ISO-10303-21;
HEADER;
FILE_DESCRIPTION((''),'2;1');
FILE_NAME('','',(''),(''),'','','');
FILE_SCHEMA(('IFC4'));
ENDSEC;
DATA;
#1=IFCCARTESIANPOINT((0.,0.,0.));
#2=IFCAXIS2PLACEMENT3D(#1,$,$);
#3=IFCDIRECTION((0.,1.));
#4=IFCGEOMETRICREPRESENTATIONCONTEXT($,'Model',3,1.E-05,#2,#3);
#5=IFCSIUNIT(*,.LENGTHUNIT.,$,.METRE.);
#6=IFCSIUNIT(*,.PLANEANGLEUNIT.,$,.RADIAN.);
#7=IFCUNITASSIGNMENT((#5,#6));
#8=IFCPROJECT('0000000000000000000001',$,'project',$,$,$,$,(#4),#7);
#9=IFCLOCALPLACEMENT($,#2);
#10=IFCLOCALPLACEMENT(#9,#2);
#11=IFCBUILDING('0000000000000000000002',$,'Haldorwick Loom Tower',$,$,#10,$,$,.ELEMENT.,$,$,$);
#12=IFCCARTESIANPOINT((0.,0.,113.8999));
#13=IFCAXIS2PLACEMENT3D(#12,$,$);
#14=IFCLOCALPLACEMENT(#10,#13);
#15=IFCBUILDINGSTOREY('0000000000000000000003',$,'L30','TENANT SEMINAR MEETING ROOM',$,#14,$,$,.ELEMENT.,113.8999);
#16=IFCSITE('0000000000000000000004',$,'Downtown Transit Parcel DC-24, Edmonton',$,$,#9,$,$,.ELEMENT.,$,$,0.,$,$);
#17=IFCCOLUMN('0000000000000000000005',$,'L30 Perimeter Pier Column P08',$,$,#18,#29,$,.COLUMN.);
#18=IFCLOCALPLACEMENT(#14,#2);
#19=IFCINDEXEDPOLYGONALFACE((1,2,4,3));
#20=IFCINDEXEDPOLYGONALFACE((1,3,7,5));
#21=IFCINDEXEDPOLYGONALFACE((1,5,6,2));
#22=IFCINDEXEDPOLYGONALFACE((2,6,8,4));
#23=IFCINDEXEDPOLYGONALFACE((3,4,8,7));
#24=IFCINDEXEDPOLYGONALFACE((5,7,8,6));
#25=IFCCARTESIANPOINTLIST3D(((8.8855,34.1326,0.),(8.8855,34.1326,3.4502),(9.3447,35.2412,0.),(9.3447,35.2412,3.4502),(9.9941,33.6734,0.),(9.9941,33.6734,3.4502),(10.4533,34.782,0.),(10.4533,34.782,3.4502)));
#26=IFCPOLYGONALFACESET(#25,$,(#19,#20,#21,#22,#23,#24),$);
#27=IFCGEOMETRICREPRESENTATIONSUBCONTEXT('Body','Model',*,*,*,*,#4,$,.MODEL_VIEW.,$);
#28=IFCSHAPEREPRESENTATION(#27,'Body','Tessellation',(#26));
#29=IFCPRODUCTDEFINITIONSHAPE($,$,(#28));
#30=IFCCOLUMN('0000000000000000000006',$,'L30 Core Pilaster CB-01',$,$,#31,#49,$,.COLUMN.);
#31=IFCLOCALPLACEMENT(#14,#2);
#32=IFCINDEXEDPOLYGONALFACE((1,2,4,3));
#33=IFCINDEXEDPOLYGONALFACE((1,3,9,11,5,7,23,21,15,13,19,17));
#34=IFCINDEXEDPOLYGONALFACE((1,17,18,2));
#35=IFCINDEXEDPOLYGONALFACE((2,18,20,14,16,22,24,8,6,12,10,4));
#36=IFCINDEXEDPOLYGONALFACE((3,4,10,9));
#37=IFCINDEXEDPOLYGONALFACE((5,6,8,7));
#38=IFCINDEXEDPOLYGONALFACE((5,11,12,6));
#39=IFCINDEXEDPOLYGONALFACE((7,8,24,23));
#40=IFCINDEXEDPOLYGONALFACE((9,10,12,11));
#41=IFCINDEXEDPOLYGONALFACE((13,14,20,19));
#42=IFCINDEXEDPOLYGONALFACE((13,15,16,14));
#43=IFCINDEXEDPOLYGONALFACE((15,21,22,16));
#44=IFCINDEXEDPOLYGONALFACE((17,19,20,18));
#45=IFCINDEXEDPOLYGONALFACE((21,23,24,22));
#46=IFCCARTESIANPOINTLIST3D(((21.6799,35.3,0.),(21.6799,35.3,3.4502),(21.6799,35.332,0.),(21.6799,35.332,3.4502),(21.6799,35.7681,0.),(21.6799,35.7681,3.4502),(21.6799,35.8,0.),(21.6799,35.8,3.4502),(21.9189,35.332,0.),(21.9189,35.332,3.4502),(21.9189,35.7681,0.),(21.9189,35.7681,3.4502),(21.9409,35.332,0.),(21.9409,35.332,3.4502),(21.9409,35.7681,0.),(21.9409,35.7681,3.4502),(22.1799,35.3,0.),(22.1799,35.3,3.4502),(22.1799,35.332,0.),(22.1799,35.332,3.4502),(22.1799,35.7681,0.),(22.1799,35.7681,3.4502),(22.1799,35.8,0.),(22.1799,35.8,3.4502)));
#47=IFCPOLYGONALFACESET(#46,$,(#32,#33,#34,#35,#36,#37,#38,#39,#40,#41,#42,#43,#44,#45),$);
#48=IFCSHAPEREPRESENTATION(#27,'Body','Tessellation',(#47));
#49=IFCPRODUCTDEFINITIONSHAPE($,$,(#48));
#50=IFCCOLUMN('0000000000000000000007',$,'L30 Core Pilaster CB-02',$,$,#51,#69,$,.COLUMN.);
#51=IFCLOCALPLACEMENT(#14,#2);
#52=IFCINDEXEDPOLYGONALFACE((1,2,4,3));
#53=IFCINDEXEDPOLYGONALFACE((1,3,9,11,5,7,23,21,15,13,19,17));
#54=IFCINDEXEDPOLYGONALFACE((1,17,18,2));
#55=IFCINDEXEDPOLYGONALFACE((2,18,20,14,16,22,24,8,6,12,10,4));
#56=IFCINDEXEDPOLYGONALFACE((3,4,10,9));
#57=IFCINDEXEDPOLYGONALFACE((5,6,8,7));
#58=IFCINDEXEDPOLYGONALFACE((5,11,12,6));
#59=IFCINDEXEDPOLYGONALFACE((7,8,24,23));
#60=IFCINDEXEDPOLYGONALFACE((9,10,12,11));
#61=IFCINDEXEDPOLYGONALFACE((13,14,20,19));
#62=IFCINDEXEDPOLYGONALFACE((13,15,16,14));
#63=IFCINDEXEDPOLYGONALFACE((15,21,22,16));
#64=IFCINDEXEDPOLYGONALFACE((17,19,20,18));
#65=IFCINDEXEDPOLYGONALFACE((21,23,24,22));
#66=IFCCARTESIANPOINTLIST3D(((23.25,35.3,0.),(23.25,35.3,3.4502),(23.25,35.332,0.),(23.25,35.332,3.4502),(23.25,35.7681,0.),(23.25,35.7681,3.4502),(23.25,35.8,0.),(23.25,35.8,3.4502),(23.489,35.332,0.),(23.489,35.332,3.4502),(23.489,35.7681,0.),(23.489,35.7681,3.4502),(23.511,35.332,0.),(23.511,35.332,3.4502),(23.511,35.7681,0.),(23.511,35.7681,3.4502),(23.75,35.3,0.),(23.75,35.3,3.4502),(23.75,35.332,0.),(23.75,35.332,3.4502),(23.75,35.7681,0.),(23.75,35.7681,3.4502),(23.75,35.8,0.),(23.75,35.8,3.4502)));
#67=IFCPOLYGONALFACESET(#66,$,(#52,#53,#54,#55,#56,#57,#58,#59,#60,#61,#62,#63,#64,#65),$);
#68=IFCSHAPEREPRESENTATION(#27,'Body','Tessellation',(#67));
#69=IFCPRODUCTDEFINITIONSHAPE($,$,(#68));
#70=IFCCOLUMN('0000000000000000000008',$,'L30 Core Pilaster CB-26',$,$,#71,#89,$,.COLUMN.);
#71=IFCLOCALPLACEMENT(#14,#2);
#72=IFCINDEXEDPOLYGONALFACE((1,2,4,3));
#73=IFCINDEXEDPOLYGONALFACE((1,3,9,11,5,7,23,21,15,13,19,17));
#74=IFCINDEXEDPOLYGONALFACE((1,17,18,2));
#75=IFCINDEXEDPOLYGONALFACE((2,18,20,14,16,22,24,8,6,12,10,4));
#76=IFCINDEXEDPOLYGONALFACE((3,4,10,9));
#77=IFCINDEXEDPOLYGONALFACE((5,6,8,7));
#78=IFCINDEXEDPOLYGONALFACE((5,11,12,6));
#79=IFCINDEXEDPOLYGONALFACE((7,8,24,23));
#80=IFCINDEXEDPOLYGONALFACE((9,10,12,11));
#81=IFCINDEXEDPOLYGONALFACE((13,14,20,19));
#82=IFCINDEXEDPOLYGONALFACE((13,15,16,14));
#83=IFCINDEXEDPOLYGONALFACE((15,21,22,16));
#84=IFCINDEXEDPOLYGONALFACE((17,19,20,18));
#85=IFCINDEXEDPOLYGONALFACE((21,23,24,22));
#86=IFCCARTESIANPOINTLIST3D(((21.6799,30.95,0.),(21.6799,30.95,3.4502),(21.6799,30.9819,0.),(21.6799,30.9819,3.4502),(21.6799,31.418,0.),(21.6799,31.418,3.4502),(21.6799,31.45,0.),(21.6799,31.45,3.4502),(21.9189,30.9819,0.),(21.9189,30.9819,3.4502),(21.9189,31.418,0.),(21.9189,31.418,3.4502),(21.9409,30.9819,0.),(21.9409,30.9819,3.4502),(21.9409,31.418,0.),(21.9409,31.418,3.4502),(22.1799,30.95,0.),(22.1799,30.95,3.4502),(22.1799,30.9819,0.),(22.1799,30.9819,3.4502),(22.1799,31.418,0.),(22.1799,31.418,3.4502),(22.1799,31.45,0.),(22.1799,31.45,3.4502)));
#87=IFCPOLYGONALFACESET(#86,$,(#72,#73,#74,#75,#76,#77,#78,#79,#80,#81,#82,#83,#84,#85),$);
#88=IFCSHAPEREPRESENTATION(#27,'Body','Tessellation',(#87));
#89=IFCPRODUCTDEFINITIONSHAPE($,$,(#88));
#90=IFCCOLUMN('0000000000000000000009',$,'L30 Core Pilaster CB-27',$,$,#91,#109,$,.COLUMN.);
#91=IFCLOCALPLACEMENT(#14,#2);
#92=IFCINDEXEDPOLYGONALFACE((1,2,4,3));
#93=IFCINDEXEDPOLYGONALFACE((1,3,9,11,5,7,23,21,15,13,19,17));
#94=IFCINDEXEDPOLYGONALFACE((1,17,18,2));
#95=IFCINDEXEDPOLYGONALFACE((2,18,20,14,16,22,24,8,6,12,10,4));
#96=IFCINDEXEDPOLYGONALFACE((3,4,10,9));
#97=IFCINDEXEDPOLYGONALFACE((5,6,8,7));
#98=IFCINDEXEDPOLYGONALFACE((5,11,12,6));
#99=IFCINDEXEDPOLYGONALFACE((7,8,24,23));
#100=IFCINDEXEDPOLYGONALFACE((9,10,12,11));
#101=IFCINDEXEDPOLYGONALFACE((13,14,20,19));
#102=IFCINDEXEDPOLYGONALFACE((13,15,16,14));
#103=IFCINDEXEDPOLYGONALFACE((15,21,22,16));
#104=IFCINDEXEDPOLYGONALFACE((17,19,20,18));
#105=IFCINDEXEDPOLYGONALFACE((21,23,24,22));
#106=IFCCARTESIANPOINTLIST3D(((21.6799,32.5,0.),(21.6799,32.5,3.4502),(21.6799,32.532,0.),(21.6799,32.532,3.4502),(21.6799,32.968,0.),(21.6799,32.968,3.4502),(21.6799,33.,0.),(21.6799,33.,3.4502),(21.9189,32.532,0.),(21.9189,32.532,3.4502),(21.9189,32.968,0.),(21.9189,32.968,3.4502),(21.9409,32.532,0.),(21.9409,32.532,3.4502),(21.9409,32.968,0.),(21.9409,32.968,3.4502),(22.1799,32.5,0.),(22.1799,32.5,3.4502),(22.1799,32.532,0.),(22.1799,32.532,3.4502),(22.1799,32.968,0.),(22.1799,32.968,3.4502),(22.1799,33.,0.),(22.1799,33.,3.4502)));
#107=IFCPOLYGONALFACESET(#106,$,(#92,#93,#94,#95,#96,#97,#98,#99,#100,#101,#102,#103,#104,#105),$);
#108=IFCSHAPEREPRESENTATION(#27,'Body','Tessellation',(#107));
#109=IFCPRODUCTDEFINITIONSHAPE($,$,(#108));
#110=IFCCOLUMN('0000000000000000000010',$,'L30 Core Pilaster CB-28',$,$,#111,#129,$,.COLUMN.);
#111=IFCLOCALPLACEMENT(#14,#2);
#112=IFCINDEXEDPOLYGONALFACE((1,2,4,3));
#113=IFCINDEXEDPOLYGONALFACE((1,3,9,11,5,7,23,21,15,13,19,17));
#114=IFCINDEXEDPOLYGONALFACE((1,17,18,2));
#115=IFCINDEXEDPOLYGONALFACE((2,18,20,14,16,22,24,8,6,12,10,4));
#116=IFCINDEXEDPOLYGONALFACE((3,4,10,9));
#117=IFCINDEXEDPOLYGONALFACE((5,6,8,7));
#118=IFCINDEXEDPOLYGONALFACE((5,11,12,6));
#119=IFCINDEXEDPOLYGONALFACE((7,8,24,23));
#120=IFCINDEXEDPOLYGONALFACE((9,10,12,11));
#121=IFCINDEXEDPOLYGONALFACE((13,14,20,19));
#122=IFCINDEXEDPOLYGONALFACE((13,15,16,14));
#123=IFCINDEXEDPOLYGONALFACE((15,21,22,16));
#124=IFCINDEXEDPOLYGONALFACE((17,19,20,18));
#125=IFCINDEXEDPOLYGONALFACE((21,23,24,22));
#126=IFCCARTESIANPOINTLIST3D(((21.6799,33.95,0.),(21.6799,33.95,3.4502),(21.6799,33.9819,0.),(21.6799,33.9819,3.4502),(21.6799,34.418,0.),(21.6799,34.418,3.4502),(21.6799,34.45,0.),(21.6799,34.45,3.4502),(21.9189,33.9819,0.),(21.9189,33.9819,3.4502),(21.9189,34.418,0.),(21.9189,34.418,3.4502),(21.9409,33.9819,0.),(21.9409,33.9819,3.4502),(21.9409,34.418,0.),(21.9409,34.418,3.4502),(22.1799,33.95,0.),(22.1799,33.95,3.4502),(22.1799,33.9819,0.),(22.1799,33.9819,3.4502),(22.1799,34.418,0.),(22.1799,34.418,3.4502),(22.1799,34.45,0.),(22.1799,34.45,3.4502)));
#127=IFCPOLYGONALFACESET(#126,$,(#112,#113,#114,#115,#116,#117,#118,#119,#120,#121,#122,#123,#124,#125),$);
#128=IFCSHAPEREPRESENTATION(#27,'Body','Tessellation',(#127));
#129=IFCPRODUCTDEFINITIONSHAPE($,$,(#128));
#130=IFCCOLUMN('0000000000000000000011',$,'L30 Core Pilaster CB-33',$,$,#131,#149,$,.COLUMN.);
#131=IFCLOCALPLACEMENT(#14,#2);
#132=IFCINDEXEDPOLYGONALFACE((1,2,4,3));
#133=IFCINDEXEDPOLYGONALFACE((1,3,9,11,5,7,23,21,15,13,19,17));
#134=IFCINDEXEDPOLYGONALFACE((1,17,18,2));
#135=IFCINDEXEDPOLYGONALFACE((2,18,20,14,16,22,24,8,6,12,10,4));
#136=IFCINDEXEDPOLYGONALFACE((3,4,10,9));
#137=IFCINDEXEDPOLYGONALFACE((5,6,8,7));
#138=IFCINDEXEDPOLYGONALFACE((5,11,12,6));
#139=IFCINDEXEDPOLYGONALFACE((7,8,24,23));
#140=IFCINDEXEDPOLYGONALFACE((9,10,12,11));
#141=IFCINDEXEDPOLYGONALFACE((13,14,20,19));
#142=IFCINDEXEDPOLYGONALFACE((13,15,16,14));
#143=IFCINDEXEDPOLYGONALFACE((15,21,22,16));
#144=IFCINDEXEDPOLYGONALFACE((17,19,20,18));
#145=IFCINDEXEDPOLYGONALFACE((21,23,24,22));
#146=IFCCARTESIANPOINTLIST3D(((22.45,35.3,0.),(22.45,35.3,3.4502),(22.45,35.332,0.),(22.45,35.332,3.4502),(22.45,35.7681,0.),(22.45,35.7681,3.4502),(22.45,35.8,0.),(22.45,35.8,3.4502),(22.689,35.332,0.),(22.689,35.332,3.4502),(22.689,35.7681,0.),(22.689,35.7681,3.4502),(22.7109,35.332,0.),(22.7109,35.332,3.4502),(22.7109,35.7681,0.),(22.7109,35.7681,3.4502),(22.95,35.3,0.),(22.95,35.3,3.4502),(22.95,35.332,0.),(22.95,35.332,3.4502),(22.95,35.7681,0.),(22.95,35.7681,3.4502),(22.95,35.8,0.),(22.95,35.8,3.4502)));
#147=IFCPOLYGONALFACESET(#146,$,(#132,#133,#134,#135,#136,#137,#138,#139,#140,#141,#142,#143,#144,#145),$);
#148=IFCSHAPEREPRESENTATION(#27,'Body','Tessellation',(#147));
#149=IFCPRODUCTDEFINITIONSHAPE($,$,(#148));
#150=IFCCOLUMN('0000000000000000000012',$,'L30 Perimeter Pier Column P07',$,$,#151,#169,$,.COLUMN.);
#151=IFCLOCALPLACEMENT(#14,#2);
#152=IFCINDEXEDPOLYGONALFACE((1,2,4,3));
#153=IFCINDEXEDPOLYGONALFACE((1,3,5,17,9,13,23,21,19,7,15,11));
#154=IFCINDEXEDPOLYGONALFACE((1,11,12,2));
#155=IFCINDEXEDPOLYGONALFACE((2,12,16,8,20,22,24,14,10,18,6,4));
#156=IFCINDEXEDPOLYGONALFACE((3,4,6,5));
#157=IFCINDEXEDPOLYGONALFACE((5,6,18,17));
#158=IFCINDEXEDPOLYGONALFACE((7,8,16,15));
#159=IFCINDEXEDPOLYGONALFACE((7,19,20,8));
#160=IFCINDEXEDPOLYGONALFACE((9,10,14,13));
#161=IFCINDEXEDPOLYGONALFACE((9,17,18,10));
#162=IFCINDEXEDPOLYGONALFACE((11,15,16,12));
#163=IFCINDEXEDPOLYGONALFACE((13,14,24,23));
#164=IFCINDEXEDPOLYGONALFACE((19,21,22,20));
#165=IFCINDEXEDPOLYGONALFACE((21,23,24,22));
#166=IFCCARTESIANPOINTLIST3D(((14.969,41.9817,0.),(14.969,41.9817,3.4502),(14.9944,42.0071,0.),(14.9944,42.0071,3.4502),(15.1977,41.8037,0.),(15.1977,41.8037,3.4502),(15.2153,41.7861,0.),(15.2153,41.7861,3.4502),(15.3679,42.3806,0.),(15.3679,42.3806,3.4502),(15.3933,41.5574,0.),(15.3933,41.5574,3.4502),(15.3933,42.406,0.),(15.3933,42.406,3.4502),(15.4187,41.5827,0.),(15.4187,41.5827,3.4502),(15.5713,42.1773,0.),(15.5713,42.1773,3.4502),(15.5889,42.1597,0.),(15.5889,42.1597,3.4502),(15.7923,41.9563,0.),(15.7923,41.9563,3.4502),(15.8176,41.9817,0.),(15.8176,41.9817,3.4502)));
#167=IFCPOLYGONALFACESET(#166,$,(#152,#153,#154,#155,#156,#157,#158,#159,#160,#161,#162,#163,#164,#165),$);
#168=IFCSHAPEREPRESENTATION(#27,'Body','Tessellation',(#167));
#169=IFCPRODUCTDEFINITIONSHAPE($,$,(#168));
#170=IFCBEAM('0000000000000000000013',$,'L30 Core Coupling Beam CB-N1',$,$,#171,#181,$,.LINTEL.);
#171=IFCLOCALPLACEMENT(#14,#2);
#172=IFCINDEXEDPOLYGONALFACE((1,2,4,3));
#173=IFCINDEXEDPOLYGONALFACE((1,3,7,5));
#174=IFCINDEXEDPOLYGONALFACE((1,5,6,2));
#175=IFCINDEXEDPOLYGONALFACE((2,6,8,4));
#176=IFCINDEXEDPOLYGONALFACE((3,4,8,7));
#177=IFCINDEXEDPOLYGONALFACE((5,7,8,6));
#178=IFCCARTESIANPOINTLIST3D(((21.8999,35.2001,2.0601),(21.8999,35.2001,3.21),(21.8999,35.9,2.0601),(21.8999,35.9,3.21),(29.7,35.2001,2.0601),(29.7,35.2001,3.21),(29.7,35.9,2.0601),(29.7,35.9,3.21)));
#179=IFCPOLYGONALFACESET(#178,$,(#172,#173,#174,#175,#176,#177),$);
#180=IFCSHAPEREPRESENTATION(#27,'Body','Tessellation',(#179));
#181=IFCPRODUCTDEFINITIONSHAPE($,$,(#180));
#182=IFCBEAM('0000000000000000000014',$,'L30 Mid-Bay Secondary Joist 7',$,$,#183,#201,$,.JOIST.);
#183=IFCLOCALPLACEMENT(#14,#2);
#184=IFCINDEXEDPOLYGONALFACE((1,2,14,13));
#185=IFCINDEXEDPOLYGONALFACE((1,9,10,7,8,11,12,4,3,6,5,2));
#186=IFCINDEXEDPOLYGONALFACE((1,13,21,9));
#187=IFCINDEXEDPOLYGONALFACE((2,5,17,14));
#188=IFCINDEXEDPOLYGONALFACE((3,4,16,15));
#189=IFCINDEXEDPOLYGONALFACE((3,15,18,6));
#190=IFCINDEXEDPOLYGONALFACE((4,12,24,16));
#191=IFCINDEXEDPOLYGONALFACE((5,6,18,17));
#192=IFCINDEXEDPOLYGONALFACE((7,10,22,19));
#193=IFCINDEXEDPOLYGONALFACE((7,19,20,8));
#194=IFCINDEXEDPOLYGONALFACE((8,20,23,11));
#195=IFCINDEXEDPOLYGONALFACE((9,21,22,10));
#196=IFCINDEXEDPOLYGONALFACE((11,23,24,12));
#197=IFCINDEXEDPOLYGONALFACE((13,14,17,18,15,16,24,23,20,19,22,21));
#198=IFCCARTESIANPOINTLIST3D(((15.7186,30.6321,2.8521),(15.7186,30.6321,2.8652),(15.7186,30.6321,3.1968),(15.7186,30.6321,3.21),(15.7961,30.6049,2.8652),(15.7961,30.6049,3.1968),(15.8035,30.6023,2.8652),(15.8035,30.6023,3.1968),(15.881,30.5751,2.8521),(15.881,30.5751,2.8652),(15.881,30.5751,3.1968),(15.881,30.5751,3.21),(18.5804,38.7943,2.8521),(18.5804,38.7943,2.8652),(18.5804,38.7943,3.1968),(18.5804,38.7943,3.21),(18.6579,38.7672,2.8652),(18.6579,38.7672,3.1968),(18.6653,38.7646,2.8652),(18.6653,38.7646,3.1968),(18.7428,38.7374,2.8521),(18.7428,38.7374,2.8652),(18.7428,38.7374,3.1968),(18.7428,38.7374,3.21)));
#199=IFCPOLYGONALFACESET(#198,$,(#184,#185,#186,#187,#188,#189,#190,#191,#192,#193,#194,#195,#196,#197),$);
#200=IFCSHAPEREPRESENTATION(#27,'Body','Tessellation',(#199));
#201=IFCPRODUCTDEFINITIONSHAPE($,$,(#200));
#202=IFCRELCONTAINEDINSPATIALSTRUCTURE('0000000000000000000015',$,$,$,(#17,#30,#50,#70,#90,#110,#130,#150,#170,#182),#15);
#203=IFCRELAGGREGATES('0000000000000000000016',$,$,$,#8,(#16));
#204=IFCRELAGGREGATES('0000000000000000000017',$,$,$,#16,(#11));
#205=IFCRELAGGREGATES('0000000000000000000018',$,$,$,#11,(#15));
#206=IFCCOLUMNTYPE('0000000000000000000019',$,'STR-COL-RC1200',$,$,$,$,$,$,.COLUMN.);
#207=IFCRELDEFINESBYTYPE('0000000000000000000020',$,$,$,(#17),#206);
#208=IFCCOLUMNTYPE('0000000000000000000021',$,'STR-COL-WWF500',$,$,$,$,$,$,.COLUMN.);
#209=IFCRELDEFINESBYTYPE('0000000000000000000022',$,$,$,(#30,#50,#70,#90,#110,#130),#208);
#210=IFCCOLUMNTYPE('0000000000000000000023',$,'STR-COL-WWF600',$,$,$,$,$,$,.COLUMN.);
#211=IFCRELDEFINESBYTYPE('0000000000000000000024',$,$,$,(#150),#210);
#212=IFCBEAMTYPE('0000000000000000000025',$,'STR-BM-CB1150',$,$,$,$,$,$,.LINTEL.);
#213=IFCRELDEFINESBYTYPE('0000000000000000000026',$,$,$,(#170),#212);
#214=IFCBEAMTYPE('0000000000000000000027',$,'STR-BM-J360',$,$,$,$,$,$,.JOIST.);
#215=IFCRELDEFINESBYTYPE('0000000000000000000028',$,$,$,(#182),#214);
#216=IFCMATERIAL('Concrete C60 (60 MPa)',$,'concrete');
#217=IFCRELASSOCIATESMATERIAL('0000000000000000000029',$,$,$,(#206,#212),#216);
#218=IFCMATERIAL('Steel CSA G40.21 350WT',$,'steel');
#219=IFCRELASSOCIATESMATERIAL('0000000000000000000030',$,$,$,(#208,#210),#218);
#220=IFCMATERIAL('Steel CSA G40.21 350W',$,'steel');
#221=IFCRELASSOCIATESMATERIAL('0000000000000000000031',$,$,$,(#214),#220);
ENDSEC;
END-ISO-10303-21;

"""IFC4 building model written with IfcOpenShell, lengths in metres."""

from ifc_helpers import new_model, si_unit, direction, frame, origin, origin_2d, place, context, subcontext, project, spatial, rectangle, i_section, extrude, material, material_profile, profile_set, type_object, element, save


model = new_model("IFC4")

# Units and contexts
model_context = context("Model", 3, precision=1e-05, world=origin(), true_north=direction((0.0, 1.0)))
body_context = subcontext(model_context, "Body", "Model", "MODEL_VIEW")
ifc_project = project(units=[si_unit("LENGTHUNIT", "METRE"), si_unit("PLANEANGLEUNIT", "RADIAN")], contexts=[model_context])

# Site, building, storey
site_placement = place(None, origin())
site = spatial("IfcSite", under=ifc_project, at=site_placement, Name="Downtown Transit Parcel DC-24, Edmonton", CompositionType="ELEMENT", RefElevation=0.0)
building_placement = place(site_placement, origin())
building = spatial("IfcBuilding", under=site, at=building_placement, Name="Haldorwick Loom Tower", CompositionType="ELEMENT")
storey_placement = place(building_placement, frame((0.0, 0.0, 113.8999)))
storey = spatial("IfcBuildingStorey", under=building, at=storey_placement, Name="L30", Description="TENANT SEMINAR MEETING ROOM", CompositionType="ELEMENT", Elevation=113.8999)

# Columns
ifc_material_1 = material(Name="Concrete C60 (60 MPa)", Category="concrete")
ifc_material_profile_1 = material_profile(ifc_material_1, rectangle(XDim=1.2, YDim=1.2, at=origin_2d()), Name="RC1200X1200", Category="concrete")
ifc_profile_set_1 = profile_set([ifc_material_profile_1], Name="Concrete C60 (60 MPa)")
column_type_1 = type_object("IfcColumnType", Name="STR-COL-RC1200", PredefinedType="COLUMN", material=ifc_profile_set_1)
column_1_placement = place(storey_placement, frame((9.6694, 34.4573, 0.0), z_axis=(0.0, 0.0, 1.0), x_axis=(-0.92388, 0.382683, 0.0)))
element("IfcColumn", 1, at=column_1_placement, inside=storey, type_object=column_type_1, Name="L30 Perimeter Pier Column P08", PredefinedType="COLUMN", context=body_context, shape_type="SweptSolid", body=[
    extrude(rectangle(XDim=1.2, YDim=1.2, at=origin_2d()), origin(), (0.0, 0.0, 1.0), 3.4502),
])
ifc_material_2 = material(Name="Steel CSA G40.21 350WT", Category="steel")
ifc_material_profile_2 = material_profile(ifc_material_2, i_section(OverallWidth=0.5, OverallDepth=0.5, WebThickness=0.022, FlangeThickness=0.032, at=origin_2d()), Name="WWF500X500", Category="steel")
ifc_profile_set_2 = profile_set([ifc_material_profile_2], Name="Steel CSA G40.21 350WT")
column_type_2 = type_object("IfcColumnType", Name="STR-COL-WWF500", PredefinedType="COLUMN", material=ifc_profile_set_2)
for number, where, z_axis, x_axis, name in (
    (2, (21.9299, 35.55, 0.0), (0.0, 0.0, 1.0), (1.0, 0.0, 0.0), "L30 Core Pilaster CB-01"),
    (3, (23.5, 35.55, 0.0), (0.0, 0.0, 1.0), (1.0, 0.0, 0.0), "L30 Core Pilaster CB-02"),
    (4, (21.9299, 31.2, 0.0), (0.0, 0.0, 1.0), (1.0, 0.0, 0.0), "L30 Core Pilaster CB-26"),
    (5, (21.9299, 32.75, 0.0), (0.0, 0.0, 1.0), (1.0, 0.0, 0.0), "L30 Core Pilaster CB-27"),
    (6, (21.9299, 34.2, 0.0), (0.0, 0.0, 1.0), (1.0, 0.0, 0.0), "L30 Core Pilaster CB-28"),
    (7, (22.7, 35.55, 0.0), (0.0, 0.0, 1.0), (1.0, 0.0, 0.0), "L30 Core Pilaster CB-33"),
):
    element("IfcColumn", number, at=place(storey_placement, frame(where, z_axis=z_axis, x_axis=x_axis)), inside=storey, type_object=column_type_2, Name=name, PredefinedType="COLUMN", context=body_context, shape_type="SweptSolid", body=[
        extrude(i_section(OverallWidth=0.5, OverallDepth=0.5, WebThickness=0.022, FlangeThickness=0.032, at=origin_2d()), origin(), (0.0, 0.0, 1.0), 3.4502),
    ])
ifc_material_profile_3 = material_profile(ifc_material_2, i_section(OverallWidth=0.6001, OverallDepth=0.6001, WebThickness=0.0249, FlangeThickness=0.0359, at=origin_2d()), Name="WWF600X600", Category="steel")
ifc_profile_set_3 = profile_set([ifc_material_profile_3], Name="Steel CSA G40.21 350WT")
column_type_3 = type_object("IfcColumnType", Name="STR-COL-WWF600", PredefinedType="COLUMN", material=ifc_profile_set_3)
column_2_placement = place(storey_placement, frame((15.3933, 41.9817, 0.0), z_axis=(0.0, 0.0, 1.0), x_axis=(-0.707107, 0.707107, 0.0)))
element("IfcColumn", 8, at=column_2_placement, inside=storey, type_object=column_type_3, Name="L30 Perimeter Pier Column P07", PredefinedType="COLUMN", context=body_context, shape_type="SweptSolid", body=[
    extrude(i_section(OverallWidth=0.6001, OverallDepth=0.6001, WebThickness=0.0249, FlangeThickness=0.0359, at=origin_2d()), origin(), (0.0, 0.0, 1.0), 3.4502),
])

# Beams
ifc_material_profile_4 = material_profile(ifc_material_1, rectangle(XDim=0.7, YDim=1.1499, at=origin_2d()), Name="RC700X1150", Category="concrete")
ifc_profile_set_4 = profile_set([ifc_material_profile_4], Name="Concrete C60 (60 MPa)")
beam_type_1 = type_object("IfcBeamType", Name="STR-BM-CB1150", PredefinedType="LINTEL", material=ifc_profile_set_4)
beam_1_placement = place(storey_placement, frame((21.8999, 35.55, 2.635), z_axis=(1.0, 0.0, 0.0), x_axis=(0.0, 1.0, 0.0)))
element("IfcBeam", 9, at=beam_1_placement, inside=storey, type_object=beam_type_1, Name="L30 Core Coupling Beam CB-N1", PredefinedType="LINTEL", context=body_context, shape_type="SweptSolid", body=[
    extrude(rectangle(XDim=0.7, YDim=1.1499, at=origin_2d()), origin(), (0.0, 0.0, 1.0), 7.8),
])
ifc_material_3 = material(Name="Steel CSA G40.21 350W", Category="steel")
ifc_material_profile_5 = material_profile(ifc_material_3, i_section(OverallWidth=0.1721, OverallDepth=0.3579, WebThickness=0.0078, FlangeThickness=0.0132, at=origin_2d()), Name="W360X57", Category="steel")
ifc_profile_set_5 = profile_set([ifc_material_profile_5], Name="Steel CSA G40.21 350W")
beam_type_2 = type_object("IfcBeamType", Name="STR-BM-J360", PredefinedType="JOIST", material=ifc_profile_set_5)
beam_2_placement = place(storey_placement, frame((18.6616, 38.7659, 3.031), z_axis=(-0.330865, -0.943678, 0.0), x_axis=(0.943678, -0.330865, 0.0)))
element("IfcBeam", 10, at=beam_2_placement, inside=storey, type_object=beam_type_2, Name="L30 Mid-Bay Secondary Joist 7", PredefinedType="JOIST", context=body_context, shape_type="SweptSolid", body=[
    extrude(i_section(OverallWidth=0.1721, OverallDepth=0.3579, WebThickness=0.0078, FlangeThickness=0.0132, at=origin_2d()), origin(), (0.0, 0.0, 1.0), 8.6494),
])

save(model, "model.ifc")
